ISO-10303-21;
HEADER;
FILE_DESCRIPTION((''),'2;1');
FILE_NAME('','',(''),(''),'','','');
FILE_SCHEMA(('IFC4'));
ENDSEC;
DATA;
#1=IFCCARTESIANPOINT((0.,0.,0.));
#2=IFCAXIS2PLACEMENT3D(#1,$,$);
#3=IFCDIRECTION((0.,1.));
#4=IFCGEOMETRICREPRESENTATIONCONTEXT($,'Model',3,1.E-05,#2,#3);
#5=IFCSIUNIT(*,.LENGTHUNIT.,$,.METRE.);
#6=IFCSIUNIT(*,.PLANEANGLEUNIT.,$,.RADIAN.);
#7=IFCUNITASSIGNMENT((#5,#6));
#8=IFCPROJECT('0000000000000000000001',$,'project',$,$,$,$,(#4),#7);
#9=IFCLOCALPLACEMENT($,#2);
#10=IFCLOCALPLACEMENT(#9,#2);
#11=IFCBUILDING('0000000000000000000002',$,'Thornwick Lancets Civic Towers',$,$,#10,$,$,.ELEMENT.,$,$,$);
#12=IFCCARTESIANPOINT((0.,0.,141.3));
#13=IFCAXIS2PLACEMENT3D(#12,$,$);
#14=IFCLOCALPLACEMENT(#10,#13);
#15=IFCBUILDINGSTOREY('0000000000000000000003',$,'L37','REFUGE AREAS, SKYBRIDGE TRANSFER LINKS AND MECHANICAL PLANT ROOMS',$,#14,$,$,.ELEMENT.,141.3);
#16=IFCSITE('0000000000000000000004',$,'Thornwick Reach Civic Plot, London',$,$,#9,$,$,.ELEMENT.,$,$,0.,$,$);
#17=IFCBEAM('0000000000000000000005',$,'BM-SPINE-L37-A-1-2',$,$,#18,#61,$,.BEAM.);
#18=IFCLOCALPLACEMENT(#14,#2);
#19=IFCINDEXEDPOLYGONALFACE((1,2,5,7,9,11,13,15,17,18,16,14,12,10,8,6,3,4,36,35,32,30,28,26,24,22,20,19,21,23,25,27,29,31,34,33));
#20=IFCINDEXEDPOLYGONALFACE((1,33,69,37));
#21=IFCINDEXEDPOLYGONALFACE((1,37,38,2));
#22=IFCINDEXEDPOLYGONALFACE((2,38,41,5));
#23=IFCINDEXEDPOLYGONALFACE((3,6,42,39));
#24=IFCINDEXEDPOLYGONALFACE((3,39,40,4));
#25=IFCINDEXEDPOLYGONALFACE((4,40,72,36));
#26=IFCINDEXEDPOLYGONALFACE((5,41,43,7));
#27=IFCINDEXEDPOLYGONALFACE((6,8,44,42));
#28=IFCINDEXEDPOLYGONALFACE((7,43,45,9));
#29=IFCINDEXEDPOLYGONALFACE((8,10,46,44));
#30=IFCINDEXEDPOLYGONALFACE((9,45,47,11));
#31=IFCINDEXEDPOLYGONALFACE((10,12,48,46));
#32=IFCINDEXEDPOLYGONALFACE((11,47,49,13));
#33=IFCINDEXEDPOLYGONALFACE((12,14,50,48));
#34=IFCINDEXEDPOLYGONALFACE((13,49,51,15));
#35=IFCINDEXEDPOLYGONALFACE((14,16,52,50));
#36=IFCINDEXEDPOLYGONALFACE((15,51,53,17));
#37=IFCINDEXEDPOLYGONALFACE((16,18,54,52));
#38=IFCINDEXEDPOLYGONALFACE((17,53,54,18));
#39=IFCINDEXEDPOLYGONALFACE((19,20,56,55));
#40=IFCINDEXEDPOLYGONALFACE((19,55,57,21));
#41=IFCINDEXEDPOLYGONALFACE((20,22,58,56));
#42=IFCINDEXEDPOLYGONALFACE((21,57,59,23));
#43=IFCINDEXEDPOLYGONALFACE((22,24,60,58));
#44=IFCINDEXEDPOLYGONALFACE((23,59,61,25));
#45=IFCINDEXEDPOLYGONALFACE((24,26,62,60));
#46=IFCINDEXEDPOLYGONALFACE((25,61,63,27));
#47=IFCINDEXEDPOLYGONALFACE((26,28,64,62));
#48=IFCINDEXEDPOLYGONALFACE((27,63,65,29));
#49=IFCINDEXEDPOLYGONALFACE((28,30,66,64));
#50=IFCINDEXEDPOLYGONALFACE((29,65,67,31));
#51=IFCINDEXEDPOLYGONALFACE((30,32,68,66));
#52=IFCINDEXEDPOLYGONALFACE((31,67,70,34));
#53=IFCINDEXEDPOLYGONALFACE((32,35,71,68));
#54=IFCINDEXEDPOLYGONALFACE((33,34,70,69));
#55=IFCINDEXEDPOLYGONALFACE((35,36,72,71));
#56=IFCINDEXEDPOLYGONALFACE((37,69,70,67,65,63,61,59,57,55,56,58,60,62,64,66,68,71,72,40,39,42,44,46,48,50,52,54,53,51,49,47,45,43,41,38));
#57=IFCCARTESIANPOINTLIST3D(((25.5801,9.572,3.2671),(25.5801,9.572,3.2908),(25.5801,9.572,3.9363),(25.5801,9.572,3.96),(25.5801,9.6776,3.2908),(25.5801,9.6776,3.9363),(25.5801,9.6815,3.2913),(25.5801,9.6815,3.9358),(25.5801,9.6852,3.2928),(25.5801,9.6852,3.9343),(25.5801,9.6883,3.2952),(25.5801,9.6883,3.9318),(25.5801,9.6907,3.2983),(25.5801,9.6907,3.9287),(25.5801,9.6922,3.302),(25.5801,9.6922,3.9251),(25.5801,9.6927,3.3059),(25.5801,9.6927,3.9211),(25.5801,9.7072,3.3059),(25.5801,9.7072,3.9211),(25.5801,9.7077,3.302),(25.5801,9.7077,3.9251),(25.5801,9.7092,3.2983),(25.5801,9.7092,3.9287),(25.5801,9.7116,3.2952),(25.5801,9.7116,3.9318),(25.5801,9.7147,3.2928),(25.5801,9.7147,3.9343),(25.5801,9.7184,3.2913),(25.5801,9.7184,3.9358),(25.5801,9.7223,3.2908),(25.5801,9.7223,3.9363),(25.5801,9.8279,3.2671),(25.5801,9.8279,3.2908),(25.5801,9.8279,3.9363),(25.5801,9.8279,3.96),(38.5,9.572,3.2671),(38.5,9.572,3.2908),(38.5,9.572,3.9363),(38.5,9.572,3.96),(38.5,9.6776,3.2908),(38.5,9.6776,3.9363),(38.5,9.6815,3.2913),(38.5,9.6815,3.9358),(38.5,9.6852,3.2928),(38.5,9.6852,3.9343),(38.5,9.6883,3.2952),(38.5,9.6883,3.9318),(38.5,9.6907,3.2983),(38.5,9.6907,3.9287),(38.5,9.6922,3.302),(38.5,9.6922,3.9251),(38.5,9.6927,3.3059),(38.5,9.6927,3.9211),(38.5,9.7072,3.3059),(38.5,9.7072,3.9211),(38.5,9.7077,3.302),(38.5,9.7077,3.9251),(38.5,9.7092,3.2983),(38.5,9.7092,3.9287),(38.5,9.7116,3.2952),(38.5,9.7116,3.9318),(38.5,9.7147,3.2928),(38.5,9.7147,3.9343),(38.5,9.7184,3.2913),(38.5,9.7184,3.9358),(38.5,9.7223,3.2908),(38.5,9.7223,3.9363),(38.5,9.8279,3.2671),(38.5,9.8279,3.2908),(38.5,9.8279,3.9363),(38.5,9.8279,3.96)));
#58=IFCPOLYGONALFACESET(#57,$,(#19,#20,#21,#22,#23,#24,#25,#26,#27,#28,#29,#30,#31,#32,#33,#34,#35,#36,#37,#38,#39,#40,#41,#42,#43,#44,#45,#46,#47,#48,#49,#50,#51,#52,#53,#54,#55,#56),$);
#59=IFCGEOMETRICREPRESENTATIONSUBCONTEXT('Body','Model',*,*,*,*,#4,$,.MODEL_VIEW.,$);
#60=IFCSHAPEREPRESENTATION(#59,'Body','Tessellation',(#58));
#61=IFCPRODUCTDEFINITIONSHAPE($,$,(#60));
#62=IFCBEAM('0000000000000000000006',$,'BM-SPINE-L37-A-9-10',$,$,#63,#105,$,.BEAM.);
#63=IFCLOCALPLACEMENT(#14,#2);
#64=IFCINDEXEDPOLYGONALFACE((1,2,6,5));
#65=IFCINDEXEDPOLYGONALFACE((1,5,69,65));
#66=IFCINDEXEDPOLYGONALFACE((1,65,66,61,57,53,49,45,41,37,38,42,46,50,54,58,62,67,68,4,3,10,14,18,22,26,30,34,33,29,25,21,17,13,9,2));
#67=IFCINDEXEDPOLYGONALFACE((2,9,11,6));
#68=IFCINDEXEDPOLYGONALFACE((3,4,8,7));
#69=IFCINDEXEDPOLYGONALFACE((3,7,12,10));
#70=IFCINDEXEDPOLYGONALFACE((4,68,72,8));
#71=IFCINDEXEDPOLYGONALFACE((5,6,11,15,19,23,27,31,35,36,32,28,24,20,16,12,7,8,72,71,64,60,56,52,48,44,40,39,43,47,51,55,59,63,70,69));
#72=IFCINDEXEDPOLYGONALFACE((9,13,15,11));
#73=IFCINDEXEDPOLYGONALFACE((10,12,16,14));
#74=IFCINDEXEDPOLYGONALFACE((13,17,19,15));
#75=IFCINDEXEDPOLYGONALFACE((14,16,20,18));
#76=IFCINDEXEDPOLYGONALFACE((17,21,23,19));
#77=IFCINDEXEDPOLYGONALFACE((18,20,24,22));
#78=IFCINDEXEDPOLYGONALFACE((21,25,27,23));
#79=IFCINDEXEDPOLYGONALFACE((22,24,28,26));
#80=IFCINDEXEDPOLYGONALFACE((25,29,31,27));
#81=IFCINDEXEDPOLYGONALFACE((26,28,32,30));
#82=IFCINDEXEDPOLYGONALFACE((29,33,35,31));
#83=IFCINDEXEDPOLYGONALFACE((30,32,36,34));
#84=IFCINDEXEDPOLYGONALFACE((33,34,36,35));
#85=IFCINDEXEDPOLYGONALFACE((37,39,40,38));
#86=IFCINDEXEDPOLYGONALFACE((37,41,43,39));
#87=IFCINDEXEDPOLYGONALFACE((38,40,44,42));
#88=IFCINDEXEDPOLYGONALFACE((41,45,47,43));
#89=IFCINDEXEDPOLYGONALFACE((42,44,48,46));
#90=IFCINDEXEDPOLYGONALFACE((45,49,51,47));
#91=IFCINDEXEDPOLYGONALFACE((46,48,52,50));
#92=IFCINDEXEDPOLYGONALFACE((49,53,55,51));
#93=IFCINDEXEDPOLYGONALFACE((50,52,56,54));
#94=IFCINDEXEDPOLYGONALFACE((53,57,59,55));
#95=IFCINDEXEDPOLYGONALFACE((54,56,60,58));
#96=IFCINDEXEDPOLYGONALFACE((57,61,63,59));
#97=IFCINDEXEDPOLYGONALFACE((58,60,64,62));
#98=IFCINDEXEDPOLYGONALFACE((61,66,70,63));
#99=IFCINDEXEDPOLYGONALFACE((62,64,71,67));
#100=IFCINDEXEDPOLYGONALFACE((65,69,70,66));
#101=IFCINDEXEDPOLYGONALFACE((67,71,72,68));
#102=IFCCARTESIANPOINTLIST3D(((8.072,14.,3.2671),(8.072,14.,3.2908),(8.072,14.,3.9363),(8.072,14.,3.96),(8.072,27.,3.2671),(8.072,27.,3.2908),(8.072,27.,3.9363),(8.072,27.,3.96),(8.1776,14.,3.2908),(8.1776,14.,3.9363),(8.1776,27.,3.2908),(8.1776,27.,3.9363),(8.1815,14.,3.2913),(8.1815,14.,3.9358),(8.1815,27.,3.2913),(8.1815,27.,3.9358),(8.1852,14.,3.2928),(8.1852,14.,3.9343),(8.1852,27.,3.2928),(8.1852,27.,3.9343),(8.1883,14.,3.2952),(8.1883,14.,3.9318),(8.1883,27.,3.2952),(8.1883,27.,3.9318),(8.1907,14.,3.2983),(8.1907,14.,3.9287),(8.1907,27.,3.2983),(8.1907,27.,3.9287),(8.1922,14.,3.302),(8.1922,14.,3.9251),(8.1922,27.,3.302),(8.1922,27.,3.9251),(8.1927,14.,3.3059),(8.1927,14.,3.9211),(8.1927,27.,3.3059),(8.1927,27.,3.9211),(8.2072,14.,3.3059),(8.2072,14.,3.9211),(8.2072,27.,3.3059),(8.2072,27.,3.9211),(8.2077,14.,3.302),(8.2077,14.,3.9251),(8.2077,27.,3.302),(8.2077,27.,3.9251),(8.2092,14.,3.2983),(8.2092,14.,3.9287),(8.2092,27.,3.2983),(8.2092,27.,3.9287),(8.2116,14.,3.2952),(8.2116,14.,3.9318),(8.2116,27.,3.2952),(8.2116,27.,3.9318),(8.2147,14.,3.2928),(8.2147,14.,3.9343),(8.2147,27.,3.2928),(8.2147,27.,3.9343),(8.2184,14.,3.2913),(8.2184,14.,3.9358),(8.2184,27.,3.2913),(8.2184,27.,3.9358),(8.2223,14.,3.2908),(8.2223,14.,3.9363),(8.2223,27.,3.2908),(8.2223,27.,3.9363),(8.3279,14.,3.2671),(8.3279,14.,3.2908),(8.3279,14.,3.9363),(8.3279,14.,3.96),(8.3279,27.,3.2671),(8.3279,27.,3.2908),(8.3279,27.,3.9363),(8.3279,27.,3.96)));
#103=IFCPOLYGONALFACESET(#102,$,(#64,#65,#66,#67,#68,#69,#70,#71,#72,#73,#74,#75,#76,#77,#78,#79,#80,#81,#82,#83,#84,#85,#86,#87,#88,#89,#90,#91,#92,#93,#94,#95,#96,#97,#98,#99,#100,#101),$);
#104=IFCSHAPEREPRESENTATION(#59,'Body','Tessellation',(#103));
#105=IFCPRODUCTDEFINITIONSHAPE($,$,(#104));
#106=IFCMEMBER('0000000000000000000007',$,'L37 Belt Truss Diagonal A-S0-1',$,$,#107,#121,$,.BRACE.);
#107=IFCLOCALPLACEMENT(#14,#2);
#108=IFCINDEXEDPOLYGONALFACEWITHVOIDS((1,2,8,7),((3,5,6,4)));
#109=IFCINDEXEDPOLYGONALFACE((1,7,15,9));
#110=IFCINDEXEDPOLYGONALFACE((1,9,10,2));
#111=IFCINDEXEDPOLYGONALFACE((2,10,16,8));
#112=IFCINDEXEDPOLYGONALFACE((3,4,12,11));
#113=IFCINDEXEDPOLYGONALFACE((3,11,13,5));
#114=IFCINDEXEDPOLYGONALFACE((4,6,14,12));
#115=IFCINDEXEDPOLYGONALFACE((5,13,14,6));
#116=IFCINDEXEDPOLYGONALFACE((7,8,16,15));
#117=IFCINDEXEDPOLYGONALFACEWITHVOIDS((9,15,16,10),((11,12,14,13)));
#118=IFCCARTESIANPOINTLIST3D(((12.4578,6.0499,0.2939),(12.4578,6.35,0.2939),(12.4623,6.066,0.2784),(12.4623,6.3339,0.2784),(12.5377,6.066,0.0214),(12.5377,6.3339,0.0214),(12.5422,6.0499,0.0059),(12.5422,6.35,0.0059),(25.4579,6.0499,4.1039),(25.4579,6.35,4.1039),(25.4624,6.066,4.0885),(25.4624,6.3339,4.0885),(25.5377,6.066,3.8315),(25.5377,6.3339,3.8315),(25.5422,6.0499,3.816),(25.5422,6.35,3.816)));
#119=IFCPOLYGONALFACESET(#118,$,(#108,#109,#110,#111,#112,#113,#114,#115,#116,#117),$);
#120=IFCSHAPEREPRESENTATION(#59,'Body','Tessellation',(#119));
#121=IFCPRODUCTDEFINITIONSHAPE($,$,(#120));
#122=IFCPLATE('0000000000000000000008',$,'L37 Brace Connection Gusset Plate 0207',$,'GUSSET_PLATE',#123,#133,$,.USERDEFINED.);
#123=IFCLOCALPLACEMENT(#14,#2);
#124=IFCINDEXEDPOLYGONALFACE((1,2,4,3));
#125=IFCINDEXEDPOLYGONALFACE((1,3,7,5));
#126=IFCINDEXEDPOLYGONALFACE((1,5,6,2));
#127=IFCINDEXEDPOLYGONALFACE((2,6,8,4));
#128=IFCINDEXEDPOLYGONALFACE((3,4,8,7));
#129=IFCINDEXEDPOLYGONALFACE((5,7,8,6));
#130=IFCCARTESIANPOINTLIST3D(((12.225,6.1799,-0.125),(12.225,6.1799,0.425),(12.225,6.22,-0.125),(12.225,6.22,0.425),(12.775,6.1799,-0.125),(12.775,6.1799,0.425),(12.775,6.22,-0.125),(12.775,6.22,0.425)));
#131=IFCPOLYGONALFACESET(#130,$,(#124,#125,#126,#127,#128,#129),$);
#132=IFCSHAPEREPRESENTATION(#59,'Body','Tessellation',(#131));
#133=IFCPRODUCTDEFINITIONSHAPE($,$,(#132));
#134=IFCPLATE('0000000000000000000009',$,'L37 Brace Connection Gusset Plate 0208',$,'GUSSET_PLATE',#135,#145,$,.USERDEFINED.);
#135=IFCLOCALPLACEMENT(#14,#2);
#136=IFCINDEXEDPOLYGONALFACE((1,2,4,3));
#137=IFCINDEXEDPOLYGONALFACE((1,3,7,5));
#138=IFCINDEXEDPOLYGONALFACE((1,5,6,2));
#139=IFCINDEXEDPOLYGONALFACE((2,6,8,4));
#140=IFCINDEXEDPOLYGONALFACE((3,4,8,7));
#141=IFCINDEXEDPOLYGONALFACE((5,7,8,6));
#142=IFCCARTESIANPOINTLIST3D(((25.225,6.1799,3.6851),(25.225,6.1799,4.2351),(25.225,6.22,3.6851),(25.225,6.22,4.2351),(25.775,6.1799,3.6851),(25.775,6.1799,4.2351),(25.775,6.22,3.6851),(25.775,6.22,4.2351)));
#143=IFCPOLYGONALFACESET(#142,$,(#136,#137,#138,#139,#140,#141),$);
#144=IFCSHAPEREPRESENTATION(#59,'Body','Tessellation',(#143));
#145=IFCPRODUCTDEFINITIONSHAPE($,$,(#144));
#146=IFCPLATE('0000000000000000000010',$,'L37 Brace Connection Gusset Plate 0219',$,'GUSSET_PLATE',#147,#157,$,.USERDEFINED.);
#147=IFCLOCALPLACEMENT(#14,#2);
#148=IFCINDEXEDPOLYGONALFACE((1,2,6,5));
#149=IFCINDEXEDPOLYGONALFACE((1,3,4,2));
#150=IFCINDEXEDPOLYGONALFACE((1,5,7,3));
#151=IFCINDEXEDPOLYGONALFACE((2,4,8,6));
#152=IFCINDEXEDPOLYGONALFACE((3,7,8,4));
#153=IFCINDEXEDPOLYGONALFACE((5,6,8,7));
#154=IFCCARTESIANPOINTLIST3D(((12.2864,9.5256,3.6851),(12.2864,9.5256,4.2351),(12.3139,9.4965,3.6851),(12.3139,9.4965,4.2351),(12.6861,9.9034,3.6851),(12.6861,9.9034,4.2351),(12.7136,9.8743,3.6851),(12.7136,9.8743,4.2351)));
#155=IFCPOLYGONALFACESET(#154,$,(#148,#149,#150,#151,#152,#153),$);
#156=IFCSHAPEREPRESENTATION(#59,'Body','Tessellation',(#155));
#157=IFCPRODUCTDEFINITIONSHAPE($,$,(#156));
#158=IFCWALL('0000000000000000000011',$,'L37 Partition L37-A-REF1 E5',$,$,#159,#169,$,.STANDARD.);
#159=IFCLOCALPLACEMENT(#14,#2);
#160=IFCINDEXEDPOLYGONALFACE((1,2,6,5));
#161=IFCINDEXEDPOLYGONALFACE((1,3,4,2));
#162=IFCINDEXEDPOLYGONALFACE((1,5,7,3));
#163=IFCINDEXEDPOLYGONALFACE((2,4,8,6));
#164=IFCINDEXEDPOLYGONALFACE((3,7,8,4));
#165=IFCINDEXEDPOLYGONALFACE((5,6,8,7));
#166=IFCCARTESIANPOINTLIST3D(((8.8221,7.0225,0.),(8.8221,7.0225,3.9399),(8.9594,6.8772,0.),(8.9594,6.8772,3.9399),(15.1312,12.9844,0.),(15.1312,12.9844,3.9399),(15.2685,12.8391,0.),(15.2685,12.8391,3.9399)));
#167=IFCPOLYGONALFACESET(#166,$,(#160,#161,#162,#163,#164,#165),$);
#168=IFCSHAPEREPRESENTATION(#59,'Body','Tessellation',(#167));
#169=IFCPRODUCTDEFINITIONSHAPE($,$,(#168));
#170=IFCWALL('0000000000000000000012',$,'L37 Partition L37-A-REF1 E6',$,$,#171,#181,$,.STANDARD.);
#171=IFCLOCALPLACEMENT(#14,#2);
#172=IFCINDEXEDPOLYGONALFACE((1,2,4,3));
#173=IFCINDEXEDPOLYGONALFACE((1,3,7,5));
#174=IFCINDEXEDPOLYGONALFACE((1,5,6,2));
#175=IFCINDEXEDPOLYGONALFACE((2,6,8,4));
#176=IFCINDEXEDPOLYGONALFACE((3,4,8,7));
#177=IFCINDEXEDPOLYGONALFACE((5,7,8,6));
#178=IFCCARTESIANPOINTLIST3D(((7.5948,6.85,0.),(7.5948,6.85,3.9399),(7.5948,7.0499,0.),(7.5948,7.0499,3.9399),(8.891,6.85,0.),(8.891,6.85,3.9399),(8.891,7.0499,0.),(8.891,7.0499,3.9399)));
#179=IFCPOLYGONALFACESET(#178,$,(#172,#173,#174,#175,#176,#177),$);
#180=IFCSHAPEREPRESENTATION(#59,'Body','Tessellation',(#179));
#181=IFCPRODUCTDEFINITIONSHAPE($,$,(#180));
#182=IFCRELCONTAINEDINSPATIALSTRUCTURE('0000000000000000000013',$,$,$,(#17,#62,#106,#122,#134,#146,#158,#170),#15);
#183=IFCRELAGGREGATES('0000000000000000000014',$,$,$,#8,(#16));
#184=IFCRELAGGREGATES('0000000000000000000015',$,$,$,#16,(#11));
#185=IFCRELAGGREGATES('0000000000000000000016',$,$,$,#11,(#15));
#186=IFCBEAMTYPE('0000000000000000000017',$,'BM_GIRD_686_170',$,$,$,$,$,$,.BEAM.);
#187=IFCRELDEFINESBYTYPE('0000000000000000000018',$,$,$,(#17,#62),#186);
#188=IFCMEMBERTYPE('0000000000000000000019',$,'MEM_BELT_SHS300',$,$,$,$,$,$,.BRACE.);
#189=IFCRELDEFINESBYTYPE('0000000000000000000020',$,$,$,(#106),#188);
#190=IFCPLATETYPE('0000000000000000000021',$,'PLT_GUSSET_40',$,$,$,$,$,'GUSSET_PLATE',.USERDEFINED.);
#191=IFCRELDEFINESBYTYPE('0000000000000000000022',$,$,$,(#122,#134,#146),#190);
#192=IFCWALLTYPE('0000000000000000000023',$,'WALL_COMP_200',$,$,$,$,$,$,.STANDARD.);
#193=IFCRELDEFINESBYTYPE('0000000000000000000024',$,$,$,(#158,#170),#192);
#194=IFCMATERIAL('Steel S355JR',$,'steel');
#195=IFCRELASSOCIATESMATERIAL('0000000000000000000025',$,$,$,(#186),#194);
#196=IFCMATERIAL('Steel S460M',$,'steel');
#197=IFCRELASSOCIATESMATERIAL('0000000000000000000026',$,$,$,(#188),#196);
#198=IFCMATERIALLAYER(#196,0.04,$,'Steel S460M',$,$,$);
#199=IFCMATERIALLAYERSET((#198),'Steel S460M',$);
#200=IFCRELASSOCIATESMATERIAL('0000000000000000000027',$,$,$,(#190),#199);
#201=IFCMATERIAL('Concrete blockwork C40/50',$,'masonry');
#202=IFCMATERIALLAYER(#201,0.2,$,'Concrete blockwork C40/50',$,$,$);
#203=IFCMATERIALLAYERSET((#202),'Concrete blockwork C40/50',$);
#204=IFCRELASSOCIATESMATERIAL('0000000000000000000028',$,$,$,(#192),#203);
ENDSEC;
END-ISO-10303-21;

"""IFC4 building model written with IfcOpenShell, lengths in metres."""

from ifc_helpers import new_model, si_unit, direction, frame, frame_2d, origin, origin_2d, place, context, subcontext, project, spatial, rectangle, hollow_rectangle, i_section, extrude, material, layer, layer_set, material_profile, profile_set, type_object, element, save


model = new_model("IFC4")

# Units and contexts
model_context = context("Model", 3, precision=1e-05, world=origin(), true_north=direction((0.0, 1.0)))
body_context = subcontext(model_context, "Body", "Model", "MODEL_VIEW")
ifc_project = project(units=[si_unit("LENGTHUNIT", "METRE"), si_unit("PLANEANGLEUNIT", "RADIAN")], contexts=[model_context])

# Site, building, storey
site_placement = place(None, origin())
site = spatial("IfcSite", under=ifc_project, at=site_placement, Name="Thornwick Reach Civic Plot, London", CompositionType="ELEMENT", RefElevation=0.0)
building_placement = place(site_placement, origin())
building = spatial("IfcBuilding", under=site, at=building_placement, Name="Thornwick Lancets Civic Towers", CompositionType="ELEMENT")
storey_placement = place(building_placement, frame((0.0, 0.0, 141.3)))
storey = spatial("IfcBuildingStorey", under=building, at=storey_placement, Name="L37", Description="REFUGE AREAS, SKYBRIDGE TRANSFER LINKS AND MECHANICAL PLANT ROOMS", CompositionType="ELEMENT", Elevation=141.3)

# Shared definitions
ifc_material_1 = material(Name="Steel S460M", Category="steel")

# Beams
ifc_material_2 = material(Name="Steel S355JR", Category="steel")
ifc_material_profile_1 = material_profile(ifc_material_2, i_section(OverallWidth=0.2559, OverallDepth=0.6929, WebThickness=0.0144, FlangeThickness=0.0237, FilletRadius=0.0151, at=origin_2d()), Name="UKB 686x254x170")
ifc_profile_set_1 = profile_set([ifc_material_profile_1], Name="Steel S355JR")
beam_type_1 = type_object("IfcBeamType", Name="BM_GIRD_686_170", PredefinedType="BEAM", material=ifc_profile_set_1)
beam_1_placement = place(storey_placement, frame((25.5801, 9.7, 3.6135), z_axis=(1.0, 0.0, 0.0), x_axis=(0.0, 1.0, 0.0)))
element("IfcBeam", 1, at=beam_1_placement, inside=storey, type_object=beam_type_1, Name="BM-SPINE-L37-A-1-2", PredefinedType="BEAM", context=body_context, shape_type="SweptSolid", body=[
    extrude(i_section(OverallWidth=0.2559, OverallDepth=0.6929, WebThickness=0.0144, FlangeThickness=0.0237, FilletRadius=0.0151, at=origin_2d()), origin(), (0.0, 0.0, 1.0), 12.9199),
])
beam_2_placement = place(storey_placement, frame((8.2, 14.0, 3.6135), z_axis=(0.0, 1.0, 0.0), x_axis=(-1.0, 0.0, 0.0)))
element("IfcBeam", 2, at=beam_2_placement, inside=storey, type_object=beam_type_1, Name="BM-SPINE-L37-A-9-10", PredefinedType="BEAM", context=body_context, shape_type="SweptSolid", body=[
    extrude(i_section(OverallWidth=0.2559, OverallDepth=0.6929, WebThickness=0.0144, FlangeThickness=0.0237, FilletRadius=0.0151, at=origin_2d()), origin(), (0.0, 0.0, 1.0), 13.0),
])

# Member
ifc_material_profile_2 = material_profile(ifc_material_1, hollow_rectangle(XDim=0.3, YDim=0.3, WallThickness=0.0161, at=origin_2d()), Name="SHS 300x300x16")
ifc_profile_set_2 = profile_set([ifc_material_profile_2], Name="Steel S460M")
member_type = type_object("IfcMemberType", Name="MEM_BELT_SHS300", PredefinedType="BRACE", material=ifc_profile_set_2)
member_placement = place(storey_placement, frame((12.5, 6.2, 0.1499), z_axis=(0.959634, 0.0, 0.281251), x_axis=(0.0, 1.0, 0.0)))
element("IfcMember", 3, at=member_placement, inside=storey, type_object=member_type, Name="L37 Belt Truss Diagonal A-S0-1", PredefinedType="BRACE", context=body_context, shape_type="SweptSolid", body=[
    extrude(hollow_rectangle(XDim=0.3, YDim=0.3, WallThickness=0.0161, at=origin_2d()), origin(), (0.0, 0.0, 1.0), 13.5469),
])

# Plates
ifc_layer_1 = layer(ifc_material_1, 0.04, Name="Steel S460M")
ifc_layer_set_1 = layer_set([ifc_layer_1], Name="Steel S460M")
plate_type = type_object("IfcPlateType", Name="PLT_GUSSET_40", ElementType="GUSSET_PLATE", PredefinedType="USERDEFINED", material=ifc_layer_set_1)
for number, where, z_axis, x_axis, name in (
    (4, (12.5, 6.2, -0.125), (0.0, 0.0, 1.0), (1.0, 0.0, 0.0), "L37 Brace Connection Gusset Plate 0207"),
    (5, (25.5, 6.2, 3.6851), (0.0, 0.0, 1.0), (1.0, 0.0, 0.0), "L37 Brace Connection Gusset Plate 0208"),
    (6, (12.5, 9.7, 3.6851), (0.0, 0.0, 1.0), (-0.726814, -0.686834, 0.0), "L37 Brace Connection Gusset Plate 0219"),
):
    element("IfcPlate", number, at=place(storey_placement, frame(where, z_axis=z_axis, x_axis=x_axis)), inside=storey, type_object=plate_type, Name=name, ObjectType="GUSSET_PLATE", PredefinedType="USERDEFINED", context=body_context, shape_type="SweptSolid", body=[
        extrude(rectangle(XDim=0.55, YDim=0.04, at=origin_2d()), origin(), (0.0, 0.0, 1.0), 0.55),
    ])

# Walls
ifc_material_3 = material(Name="Concrete blockwork C40/50", Category="masonry")
ifc_layer_2 = layer(ifc_material_3, 0.2, Name="Concrete blockwork C40/50")
ifc_layer_set_2 = layer_set([ifc_layer_2], Name="Concrete blockwork C40/50")
wall_type = type_object("IfcWallType", Name="WALL_COMP_200", PredefinedType="STANDARD", material=ifc_layer_set_2)
wall_1_placement = place(storey_placement, frame((15.2, 12.9119, 0.0), z_axis=(0.0, 0.0, 1.0), x_axis=(-0.726821, -0.686827, 0.0)))
element("IfcWall", 7, at=wall_1_placement, inside=storey, type_object=wall_type, Name="L37 Partition L37-A-REF1 E5", PredefinedType="STANDARD", context=body_context, shape_type="SweptSolid", body=[
    extrude(rectangle(XDim=8.6804, YDim=0.2, at=frame_2d((4.3403, 0.0))), origin(), (0.0, 0.0, 1.0), 3.9399),
])
wall_2_placement = place(storey_placement, frame((8.8909, 6.95, 0.0), z_axis=(0.0, 0.0, 1.0), x_axis=(-1.0, 0.0, 0.0)))
element("IfcWall", 8, at=wall_2_placement, inside=storey, type_object=wall_type, Name="L37 Partition L37-A-REF1 E6", PredefinedType="STANDARD", context=body_context, shape_type="SweptSolid", body=[
    extrude(rectangle(XDim=1.2961, YDim=0.2, at=frame_2d((0.6479, 0.0))), origin(), (0.0, 0.0, 1.0), 3.9399),
])

save(model, "model.ifc")
